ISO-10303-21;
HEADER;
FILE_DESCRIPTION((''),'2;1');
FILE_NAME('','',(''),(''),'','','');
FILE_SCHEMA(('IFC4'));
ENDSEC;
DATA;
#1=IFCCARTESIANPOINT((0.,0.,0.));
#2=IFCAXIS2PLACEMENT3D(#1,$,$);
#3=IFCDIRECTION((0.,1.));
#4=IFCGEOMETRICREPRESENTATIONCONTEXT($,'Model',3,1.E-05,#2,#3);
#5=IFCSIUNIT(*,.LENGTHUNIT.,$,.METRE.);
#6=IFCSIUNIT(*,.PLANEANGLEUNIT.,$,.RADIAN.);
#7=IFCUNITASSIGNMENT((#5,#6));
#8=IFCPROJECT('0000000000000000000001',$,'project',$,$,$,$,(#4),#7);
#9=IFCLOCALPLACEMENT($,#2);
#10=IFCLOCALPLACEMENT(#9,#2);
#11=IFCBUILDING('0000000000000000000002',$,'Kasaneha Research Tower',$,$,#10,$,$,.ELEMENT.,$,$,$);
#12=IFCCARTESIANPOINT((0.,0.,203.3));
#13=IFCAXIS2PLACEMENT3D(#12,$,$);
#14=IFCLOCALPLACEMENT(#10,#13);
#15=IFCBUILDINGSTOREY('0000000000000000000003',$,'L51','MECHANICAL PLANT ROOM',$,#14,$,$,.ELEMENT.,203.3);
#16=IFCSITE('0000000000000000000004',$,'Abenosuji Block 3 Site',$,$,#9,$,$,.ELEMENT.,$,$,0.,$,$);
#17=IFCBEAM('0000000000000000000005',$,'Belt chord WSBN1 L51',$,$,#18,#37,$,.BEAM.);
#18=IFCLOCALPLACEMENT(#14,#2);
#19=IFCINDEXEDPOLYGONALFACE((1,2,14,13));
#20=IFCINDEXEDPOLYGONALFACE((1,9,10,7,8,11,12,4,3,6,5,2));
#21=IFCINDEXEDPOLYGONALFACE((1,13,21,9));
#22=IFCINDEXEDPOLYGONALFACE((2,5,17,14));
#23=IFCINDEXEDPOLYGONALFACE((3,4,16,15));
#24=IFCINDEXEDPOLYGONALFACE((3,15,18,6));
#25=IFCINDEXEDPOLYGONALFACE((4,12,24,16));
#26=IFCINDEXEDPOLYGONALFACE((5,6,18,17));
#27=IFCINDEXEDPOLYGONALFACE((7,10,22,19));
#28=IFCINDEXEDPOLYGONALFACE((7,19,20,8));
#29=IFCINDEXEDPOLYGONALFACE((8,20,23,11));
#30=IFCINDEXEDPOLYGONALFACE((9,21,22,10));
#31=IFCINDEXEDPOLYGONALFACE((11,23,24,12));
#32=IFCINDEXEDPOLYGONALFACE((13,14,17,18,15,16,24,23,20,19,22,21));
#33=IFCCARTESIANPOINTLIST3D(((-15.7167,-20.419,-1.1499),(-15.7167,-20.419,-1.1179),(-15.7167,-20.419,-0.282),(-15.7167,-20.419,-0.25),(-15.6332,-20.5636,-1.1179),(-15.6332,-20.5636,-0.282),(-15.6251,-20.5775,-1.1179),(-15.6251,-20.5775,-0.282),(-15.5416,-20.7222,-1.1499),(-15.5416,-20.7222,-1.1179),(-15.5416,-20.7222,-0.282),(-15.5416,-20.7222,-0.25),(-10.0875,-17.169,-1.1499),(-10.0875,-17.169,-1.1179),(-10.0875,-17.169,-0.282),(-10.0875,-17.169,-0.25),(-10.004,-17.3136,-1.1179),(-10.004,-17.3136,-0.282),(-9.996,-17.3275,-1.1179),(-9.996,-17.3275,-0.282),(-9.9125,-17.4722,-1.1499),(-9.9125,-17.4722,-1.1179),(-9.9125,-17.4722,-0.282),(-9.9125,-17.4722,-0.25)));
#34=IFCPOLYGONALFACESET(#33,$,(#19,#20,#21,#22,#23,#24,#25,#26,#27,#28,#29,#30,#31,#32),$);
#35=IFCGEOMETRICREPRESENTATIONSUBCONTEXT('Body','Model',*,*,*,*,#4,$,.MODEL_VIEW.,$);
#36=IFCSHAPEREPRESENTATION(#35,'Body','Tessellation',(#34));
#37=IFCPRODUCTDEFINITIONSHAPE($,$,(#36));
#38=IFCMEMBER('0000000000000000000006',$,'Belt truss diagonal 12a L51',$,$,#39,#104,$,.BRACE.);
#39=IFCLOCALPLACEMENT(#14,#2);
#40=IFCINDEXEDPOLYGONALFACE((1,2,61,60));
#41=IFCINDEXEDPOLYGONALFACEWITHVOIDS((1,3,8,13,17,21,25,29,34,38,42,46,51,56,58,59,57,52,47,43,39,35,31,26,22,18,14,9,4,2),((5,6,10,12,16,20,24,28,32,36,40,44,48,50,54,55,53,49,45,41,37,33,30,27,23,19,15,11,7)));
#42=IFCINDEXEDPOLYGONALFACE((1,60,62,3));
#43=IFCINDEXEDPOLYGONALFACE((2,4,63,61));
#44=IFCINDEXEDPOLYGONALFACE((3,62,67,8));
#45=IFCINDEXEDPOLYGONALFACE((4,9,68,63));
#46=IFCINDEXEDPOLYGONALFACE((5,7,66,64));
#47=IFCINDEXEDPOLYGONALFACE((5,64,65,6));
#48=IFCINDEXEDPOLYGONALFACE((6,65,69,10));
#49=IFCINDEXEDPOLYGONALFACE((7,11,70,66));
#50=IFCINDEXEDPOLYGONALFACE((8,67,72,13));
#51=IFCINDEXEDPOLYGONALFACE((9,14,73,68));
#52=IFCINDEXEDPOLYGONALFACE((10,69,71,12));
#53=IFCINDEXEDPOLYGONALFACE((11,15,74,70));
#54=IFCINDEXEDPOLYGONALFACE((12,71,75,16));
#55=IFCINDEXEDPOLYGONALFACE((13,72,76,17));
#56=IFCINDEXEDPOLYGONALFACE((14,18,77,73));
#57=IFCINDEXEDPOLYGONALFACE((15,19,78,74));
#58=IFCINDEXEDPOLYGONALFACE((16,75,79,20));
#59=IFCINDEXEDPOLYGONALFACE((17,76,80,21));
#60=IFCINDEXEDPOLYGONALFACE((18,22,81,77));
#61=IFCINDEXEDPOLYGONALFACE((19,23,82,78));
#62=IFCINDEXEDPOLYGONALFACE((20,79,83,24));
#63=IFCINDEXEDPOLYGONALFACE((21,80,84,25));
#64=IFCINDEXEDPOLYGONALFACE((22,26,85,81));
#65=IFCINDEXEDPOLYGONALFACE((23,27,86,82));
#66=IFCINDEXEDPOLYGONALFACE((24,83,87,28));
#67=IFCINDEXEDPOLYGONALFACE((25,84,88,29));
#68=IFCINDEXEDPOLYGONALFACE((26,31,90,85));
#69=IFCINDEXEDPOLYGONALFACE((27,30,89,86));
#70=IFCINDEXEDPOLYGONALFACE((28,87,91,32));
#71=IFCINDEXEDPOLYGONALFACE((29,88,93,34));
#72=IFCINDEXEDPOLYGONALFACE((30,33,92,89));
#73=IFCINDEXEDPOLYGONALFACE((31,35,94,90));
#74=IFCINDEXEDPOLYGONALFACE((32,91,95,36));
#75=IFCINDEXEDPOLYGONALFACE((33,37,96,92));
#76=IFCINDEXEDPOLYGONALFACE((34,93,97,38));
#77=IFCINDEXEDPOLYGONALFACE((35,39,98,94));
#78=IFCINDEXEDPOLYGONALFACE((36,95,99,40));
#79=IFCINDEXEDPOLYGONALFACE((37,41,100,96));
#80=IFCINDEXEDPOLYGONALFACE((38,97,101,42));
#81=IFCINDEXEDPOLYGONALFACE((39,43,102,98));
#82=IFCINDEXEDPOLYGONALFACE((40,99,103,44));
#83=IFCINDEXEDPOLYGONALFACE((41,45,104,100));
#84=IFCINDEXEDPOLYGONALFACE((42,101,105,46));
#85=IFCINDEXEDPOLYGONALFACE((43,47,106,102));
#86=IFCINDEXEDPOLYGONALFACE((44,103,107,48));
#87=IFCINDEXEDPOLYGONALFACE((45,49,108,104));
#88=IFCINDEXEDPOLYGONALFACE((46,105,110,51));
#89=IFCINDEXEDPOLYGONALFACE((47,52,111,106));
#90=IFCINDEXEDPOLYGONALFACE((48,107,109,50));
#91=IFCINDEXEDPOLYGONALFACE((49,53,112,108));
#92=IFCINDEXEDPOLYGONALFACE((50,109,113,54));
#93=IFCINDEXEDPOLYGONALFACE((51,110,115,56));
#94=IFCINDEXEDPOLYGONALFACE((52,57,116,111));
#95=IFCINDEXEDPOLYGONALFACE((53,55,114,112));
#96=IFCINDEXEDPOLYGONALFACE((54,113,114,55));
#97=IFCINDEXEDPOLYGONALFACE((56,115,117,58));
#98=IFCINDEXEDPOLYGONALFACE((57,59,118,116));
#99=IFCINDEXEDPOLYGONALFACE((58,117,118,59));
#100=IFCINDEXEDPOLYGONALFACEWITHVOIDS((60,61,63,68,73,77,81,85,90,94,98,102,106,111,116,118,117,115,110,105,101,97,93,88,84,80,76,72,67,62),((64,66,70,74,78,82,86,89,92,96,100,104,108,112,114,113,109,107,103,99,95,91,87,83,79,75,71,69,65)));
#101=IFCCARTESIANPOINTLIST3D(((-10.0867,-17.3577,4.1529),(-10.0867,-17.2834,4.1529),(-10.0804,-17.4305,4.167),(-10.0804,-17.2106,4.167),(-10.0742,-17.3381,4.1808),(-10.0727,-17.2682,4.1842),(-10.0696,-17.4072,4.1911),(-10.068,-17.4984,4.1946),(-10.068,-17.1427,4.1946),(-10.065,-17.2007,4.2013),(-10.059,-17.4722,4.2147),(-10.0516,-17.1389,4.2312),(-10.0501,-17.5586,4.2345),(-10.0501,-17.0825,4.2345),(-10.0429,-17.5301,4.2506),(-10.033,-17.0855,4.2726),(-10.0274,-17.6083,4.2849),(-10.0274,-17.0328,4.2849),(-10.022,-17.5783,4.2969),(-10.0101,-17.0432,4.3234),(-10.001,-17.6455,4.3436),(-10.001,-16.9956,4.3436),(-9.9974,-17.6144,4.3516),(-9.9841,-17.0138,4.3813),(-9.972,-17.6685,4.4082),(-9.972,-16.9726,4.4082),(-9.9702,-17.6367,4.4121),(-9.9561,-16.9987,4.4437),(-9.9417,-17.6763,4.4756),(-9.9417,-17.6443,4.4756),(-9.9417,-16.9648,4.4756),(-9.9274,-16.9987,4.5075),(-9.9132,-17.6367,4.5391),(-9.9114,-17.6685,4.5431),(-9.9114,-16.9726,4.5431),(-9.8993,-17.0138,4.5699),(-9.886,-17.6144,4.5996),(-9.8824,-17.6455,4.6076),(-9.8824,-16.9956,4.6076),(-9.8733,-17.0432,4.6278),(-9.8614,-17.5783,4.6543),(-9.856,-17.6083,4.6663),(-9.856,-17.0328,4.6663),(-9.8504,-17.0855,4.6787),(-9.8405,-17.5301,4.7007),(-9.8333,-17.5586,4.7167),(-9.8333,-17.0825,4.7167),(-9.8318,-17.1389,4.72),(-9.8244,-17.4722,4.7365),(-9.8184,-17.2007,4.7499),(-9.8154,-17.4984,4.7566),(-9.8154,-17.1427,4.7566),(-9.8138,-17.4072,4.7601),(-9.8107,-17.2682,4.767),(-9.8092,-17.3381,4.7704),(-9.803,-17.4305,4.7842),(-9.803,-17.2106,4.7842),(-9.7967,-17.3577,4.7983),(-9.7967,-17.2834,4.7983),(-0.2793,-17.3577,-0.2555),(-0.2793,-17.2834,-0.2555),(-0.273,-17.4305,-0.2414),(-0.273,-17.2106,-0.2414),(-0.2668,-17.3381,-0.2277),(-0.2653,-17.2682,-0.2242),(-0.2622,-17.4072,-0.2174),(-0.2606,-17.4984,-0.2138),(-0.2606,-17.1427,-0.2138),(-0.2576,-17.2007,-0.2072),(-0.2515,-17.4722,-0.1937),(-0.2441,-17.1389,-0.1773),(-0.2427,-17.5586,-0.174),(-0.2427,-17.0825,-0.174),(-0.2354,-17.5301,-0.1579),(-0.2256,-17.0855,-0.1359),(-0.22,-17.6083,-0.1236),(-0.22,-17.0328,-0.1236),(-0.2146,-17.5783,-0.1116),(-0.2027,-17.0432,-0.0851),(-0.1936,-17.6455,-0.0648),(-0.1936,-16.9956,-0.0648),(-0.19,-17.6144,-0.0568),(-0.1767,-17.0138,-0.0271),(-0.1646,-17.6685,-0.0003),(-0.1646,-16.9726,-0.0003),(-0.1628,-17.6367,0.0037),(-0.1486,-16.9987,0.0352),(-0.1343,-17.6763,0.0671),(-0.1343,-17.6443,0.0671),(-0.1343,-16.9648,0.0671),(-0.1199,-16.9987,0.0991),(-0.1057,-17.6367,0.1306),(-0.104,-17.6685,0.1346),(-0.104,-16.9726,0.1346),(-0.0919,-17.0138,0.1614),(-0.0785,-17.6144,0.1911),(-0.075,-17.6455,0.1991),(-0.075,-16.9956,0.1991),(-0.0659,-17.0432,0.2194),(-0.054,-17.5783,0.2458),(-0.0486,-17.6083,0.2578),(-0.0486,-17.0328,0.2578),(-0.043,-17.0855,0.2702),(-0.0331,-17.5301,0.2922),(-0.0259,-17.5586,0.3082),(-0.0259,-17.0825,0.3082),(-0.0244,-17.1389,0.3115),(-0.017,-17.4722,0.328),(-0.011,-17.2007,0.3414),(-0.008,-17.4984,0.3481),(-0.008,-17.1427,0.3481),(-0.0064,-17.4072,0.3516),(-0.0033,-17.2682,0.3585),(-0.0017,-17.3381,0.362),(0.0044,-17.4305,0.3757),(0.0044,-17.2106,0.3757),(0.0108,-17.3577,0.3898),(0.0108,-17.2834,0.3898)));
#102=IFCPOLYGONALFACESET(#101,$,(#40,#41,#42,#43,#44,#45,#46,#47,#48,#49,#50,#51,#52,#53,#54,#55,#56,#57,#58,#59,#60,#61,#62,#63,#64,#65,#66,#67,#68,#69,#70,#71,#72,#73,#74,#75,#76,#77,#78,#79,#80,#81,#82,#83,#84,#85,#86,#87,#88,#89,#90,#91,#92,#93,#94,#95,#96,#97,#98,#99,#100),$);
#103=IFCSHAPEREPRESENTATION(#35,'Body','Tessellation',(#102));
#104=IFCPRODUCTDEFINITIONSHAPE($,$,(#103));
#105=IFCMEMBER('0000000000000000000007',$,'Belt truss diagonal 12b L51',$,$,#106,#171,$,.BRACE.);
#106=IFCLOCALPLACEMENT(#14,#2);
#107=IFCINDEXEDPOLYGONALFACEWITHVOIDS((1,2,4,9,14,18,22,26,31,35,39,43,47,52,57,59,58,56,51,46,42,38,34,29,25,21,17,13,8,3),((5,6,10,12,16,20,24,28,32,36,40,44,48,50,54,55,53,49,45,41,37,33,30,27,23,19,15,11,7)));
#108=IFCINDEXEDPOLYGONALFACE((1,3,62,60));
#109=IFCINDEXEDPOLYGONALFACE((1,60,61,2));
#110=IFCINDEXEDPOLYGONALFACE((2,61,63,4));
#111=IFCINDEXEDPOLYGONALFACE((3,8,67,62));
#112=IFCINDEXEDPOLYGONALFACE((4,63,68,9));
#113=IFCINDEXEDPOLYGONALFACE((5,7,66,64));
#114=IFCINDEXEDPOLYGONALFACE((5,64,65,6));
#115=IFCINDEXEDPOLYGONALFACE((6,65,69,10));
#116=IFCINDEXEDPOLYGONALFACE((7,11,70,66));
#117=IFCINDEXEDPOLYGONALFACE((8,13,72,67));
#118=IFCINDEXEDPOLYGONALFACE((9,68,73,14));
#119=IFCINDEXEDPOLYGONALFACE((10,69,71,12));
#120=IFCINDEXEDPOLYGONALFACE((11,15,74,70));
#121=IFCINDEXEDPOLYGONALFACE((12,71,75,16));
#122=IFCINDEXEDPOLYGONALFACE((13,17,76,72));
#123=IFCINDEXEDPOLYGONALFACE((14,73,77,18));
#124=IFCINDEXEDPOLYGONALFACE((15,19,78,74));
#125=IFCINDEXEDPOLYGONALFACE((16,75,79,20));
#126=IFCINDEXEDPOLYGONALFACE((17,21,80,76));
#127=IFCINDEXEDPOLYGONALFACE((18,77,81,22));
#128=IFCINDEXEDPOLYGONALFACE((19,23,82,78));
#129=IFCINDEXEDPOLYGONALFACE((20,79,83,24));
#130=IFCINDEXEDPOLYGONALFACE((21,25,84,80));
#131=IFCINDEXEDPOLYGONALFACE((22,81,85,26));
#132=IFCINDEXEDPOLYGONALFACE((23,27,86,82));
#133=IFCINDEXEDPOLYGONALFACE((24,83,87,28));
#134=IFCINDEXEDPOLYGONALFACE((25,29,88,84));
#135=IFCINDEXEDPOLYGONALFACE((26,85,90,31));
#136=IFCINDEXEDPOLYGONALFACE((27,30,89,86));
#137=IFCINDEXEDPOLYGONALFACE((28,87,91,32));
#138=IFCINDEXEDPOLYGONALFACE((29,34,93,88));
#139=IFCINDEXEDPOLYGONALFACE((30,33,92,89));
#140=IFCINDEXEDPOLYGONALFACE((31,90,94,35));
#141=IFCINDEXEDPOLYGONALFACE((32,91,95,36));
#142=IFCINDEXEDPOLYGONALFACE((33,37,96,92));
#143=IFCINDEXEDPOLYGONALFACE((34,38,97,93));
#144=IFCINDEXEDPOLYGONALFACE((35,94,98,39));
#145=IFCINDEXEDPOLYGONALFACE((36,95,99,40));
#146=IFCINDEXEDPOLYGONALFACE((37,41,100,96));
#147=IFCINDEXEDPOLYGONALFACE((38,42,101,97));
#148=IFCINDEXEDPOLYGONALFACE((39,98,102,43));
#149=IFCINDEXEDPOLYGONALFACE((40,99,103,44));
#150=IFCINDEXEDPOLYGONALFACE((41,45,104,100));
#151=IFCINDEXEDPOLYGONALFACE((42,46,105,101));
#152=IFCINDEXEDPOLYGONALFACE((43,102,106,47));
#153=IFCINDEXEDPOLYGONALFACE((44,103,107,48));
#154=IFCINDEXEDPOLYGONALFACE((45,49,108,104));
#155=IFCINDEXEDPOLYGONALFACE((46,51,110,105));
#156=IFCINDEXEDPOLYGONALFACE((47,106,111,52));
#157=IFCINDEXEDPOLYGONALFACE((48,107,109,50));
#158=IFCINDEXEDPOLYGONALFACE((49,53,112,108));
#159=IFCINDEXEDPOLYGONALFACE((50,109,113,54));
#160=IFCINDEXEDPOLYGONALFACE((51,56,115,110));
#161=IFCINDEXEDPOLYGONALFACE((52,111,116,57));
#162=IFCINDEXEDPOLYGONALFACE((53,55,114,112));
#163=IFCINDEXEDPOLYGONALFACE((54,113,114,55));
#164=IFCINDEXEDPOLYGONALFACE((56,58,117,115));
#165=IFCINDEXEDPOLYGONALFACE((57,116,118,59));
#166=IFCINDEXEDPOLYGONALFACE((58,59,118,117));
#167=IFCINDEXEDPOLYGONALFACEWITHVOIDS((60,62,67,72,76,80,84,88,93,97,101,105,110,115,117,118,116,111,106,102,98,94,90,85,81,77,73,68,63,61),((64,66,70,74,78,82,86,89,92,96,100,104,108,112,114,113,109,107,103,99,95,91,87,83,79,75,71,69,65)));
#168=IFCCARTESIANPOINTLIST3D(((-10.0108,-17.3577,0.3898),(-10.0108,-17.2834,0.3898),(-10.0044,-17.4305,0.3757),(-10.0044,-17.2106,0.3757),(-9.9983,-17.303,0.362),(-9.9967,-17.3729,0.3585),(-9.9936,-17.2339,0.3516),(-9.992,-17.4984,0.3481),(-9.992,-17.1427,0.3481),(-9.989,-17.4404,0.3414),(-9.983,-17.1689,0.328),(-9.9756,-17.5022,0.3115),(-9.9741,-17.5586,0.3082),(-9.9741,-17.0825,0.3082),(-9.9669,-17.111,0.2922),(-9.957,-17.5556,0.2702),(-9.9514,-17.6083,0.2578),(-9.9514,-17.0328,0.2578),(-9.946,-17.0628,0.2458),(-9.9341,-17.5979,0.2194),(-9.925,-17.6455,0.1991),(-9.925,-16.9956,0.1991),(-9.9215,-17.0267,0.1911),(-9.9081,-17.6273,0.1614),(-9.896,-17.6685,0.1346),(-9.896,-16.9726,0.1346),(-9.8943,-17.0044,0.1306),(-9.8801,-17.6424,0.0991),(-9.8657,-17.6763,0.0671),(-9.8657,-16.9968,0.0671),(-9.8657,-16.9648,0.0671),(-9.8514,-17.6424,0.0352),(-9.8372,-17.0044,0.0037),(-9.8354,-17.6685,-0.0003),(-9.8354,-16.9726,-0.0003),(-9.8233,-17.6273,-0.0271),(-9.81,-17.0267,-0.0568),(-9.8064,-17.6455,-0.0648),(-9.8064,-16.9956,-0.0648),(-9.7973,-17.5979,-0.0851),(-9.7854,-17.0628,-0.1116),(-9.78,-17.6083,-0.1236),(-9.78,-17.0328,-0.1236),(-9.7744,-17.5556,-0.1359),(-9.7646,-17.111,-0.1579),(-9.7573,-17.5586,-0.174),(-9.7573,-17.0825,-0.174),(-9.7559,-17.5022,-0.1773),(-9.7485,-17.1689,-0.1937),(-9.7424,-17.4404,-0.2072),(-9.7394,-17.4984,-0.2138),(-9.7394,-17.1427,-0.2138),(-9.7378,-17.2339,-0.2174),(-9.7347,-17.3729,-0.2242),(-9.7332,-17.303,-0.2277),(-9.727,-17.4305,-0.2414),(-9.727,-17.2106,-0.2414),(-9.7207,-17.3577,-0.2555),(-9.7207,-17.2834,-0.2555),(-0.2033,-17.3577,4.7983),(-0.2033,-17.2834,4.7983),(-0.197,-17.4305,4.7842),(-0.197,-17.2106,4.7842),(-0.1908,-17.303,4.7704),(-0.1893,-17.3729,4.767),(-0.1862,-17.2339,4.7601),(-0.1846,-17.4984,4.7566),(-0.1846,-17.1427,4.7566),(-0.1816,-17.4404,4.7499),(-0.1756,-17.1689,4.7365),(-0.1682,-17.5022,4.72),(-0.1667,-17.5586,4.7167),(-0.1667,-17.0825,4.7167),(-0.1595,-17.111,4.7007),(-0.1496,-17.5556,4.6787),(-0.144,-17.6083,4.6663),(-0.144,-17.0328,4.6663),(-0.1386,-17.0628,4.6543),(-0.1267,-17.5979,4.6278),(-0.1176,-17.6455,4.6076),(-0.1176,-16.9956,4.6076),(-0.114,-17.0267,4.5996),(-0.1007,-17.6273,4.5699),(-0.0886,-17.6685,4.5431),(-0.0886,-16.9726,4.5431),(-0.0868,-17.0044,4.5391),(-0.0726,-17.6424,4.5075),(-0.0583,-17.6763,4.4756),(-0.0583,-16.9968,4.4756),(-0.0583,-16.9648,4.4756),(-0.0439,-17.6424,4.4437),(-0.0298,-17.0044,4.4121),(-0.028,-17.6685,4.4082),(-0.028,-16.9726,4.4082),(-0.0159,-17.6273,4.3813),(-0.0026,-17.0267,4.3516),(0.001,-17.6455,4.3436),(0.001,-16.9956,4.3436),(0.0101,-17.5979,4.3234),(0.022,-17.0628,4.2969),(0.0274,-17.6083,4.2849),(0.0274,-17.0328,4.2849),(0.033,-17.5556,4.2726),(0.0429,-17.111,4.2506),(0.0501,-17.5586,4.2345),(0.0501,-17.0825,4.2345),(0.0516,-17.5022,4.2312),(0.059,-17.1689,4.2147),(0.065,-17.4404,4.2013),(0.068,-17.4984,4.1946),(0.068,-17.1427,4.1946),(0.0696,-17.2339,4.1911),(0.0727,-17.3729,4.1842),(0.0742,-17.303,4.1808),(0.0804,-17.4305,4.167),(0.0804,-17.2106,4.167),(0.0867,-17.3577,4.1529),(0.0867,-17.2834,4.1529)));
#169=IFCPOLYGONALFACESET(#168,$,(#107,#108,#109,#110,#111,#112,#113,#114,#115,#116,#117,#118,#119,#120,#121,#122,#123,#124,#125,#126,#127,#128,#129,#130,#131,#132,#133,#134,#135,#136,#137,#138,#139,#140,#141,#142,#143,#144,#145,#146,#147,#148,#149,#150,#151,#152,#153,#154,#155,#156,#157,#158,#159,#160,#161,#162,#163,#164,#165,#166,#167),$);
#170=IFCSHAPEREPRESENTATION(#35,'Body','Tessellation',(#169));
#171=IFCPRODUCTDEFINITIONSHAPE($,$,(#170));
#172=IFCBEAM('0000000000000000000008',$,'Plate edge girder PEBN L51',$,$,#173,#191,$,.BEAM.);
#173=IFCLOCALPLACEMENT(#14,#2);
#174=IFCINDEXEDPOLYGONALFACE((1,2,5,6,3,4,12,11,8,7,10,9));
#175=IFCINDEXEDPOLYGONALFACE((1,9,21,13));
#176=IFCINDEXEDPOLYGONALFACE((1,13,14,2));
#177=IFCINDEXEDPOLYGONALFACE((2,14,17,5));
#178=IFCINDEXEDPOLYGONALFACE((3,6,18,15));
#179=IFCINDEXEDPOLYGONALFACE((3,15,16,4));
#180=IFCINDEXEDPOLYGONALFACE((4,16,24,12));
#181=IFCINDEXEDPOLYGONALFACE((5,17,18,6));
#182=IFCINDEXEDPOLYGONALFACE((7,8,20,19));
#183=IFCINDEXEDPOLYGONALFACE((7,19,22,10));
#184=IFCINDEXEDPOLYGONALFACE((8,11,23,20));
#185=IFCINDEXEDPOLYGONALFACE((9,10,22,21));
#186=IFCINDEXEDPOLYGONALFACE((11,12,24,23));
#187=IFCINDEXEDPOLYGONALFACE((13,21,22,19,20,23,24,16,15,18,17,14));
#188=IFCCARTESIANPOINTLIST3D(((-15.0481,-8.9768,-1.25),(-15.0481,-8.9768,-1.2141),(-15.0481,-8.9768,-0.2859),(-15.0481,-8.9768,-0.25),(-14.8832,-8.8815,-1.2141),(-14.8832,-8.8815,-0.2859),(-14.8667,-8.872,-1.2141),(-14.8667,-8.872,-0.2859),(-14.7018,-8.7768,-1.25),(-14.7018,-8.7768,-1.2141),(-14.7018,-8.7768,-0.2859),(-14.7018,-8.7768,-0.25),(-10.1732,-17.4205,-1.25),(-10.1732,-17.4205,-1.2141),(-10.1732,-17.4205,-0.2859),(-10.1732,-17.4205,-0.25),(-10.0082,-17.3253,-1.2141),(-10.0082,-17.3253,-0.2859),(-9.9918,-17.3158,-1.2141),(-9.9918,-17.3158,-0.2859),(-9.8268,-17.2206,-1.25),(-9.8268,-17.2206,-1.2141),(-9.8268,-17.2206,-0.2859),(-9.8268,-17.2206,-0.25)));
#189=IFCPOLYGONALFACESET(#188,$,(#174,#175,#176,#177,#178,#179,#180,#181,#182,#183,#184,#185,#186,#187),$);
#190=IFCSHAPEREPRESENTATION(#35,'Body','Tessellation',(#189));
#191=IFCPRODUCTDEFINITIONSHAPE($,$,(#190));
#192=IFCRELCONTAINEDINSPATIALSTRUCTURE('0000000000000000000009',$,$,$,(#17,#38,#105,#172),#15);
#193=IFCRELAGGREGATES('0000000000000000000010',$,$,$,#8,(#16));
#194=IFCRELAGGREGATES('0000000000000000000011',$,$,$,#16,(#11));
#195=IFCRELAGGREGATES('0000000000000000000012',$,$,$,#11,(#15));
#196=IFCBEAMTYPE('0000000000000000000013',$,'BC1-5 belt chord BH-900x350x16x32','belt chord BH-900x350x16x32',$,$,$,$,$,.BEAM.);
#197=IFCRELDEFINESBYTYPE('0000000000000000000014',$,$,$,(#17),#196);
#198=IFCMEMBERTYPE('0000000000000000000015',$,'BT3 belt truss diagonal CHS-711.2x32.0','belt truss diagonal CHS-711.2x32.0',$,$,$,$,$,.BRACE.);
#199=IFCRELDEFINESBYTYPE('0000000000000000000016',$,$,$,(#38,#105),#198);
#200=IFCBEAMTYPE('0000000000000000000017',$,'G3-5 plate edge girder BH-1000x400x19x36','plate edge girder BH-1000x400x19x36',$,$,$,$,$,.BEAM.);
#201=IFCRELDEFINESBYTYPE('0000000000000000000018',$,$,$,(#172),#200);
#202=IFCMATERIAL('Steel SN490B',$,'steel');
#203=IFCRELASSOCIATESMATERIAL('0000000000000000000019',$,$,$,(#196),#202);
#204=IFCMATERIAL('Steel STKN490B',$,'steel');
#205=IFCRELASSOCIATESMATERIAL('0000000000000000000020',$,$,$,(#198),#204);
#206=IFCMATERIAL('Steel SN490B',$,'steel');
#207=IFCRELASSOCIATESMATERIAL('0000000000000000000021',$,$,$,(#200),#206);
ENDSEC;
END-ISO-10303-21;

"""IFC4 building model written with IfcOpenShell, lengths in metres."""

from ifc_helpers import new_model, si_unit, direction, frame, origin, origin_2d, place, context, subcontext, project, spatial, hollow_circle, i_section, extrude, material, material_profile, profile_set, type_object, element, save


model = new_model("IFC4")

# Units and contexts
model_context = context("Model", 3, precision=1e-05, world=origin(), true_north=direction((0.0, 1.0)))
body_context = subcontext(model_context, "Body", "Model", "MODEL_VIEW")
ifc_project = project(units=[si_unit("LENGTHUNIT", "METRE"), si_unit("PLANEANGLEUNIT", "RADIAN")], contexts=[model_context])

# Site, building, storey
site_placement = place(None, origin())
site = spatial("IfcSite", under=ifc_project, at=site_placement, Name="Abenosuji Block 3 Site", CompositionType="ELEMENT", RefElevation=0.0)
building_placement = place(site_placement, origin())
building = spatial("IfcBuilding", under=site, at=building_placement, Name="Kasaneha Research Tower", CompositionType="ELEMENT")
storey_placement = place(building_placement, frame((0.0, 0.0, 203.3)))
storey = spatial("IfcBuildingStorey", under=building, at=storey_placement, Name="L51", Description="MECHANICAL PLANT ROOM", CompositionType="ELEMENT", Elevation=203.3)

# Beam
ifc_material_1 = material(Name="Steel SN490B", Category="steel")
ifc_material_profile_1 = material_profile(ifc_material_1, i_section(OverallWidth=0.3501, OverallDepth=0.8999, WebThickness=0.0161, FlangeThickness=0.032, at=origin_2d()), Name="BH-900x350x16x32")
ifc_profile_set_1 = profile_set([ifc_material_profile_1], Name="Steel SN490B")
beam_type_1 = type_object("IfcBeamType", Name="BC1-5 belt chord BH-900x350x16x32", Description="belt chord BH-900x350x16x32", PredefinedType="BEAM", material=ifc_profile_set_1)
beam_1_placement = place(storey_placement, frame((-10.0, -17.3206, -0.7), z_axis=(-0.866025, -0.500001, 0.0), x_axis=(0.500001, -0.866025, 0.0)))
element("IfcBeam", 1, at=beam_1_placement, inside=storey, type_object=beam_type_1, Name="Belt chord WSBN1 L51", PredefinedType="BEAM", context=body_context, shape_type="SweptSolid", body=[
    extrude(i_section(OverallWidth=0.3501, OverallDepth=0.8999, WebThickness=0.0161, FlangeThickness=0.032, at=origin_2d()), origin(), (0.0, 0.0, 1.0), 6.5),
])

# Members
ifc_material_2 = material(Name="Steel STKN490B", Category="steel")
ifc_material_profile_2 = material_profile(ifc_material_2, hollow_circle(Radius=0.3557, WallThickness=0.032, at=origin_2d()), Name="CHS-711.2x32.0")
ifc_profile_set_2 = profile_set([ifc_material_profile_2], Name="Steel STKN490B")
member_type = type_object("IfcMemberType", Name="BT3 belt truss diagonal CHS-711.2x32.0", Description="belt truss diagonal CHS-711.2x32.0", PredefinedType="BRACE", material=ifc_profile_set_2)
for number, where, z_axis, x_axis, name in (
    (2, (-0.1343, -17.3206, 0.0671), (-0.912091, 0.0, 0.409988), (0.0, -1.0, 0.0), "Belt truss diagonal 12a L51"),
    (3, (-9.8657, -17.3206, 0.0671), (0.912091, 0.0, 0.409988), (0.0, 1.0, 0.0), "Belt truss diagonal 12b L51"),
):
    element("IfcMember", number, at=place(storey_placement, frame(where, z_axis=z_axis, x_axis=x_axis)), inside=storey, type_object=member_type, Name=name, PredefinedType="BRACE", context=body_context, shape_type="SweptSolid", body=[
        extrude(hollow_circle(Radius=0.3557, WallThickness=0.032, at=origin_2d()), origin(), (0.0, 0.0, 1.0), 10.7527),
    ])

# Beam
ifc_material_3 = material(Name="Steel SN490B", Category="steel")
ifc_material_profile_3 = material_profile(ifc_material_3, i_section(OverallWidth=0.3999, OverallDepth=1.0, WebThickness=0.019, FlangeThickness=0.0359, at=origin_2d()), Name="BH-1000x400x19x36")
ifc_profile_set_3 = profile_set([ifc_material_profile_3], Name="Steel SN490B")
beam_type_2 = type_object("IfcBeamType", Name="G3-5 plate edge girder BH-1000x400x19x36", Description="plate edge girder BH-1000x400x19x36", PredefinedType="BEAM", material=ifc_profile_set_3)
beam_2_placement = place(storey_placement, frame((-10.0, -17.3206, -0.75), z_axis=(-0.499996, 0.866028, 0.0), x_axis=(-0.866028, -0.499996, 0.0)))
element("IfcBeam", 4, at=beam_2_placement, inside=storey, type_object=beam_type_2, Name="Plate edge girder PEBN L51", PredefinedType="BEAM", context=body_context, shape_type="SweptSolid", body=[
    extrude(i_section(OverallWidth=0.3999, OverallDepth=1.0, WebThickness=0.019, FlangeThickness=0.0359, at=origin_2d()), origin(), (0.0, 0.0, 1.0), 9.75),
])

save(model, "model.ifc")
